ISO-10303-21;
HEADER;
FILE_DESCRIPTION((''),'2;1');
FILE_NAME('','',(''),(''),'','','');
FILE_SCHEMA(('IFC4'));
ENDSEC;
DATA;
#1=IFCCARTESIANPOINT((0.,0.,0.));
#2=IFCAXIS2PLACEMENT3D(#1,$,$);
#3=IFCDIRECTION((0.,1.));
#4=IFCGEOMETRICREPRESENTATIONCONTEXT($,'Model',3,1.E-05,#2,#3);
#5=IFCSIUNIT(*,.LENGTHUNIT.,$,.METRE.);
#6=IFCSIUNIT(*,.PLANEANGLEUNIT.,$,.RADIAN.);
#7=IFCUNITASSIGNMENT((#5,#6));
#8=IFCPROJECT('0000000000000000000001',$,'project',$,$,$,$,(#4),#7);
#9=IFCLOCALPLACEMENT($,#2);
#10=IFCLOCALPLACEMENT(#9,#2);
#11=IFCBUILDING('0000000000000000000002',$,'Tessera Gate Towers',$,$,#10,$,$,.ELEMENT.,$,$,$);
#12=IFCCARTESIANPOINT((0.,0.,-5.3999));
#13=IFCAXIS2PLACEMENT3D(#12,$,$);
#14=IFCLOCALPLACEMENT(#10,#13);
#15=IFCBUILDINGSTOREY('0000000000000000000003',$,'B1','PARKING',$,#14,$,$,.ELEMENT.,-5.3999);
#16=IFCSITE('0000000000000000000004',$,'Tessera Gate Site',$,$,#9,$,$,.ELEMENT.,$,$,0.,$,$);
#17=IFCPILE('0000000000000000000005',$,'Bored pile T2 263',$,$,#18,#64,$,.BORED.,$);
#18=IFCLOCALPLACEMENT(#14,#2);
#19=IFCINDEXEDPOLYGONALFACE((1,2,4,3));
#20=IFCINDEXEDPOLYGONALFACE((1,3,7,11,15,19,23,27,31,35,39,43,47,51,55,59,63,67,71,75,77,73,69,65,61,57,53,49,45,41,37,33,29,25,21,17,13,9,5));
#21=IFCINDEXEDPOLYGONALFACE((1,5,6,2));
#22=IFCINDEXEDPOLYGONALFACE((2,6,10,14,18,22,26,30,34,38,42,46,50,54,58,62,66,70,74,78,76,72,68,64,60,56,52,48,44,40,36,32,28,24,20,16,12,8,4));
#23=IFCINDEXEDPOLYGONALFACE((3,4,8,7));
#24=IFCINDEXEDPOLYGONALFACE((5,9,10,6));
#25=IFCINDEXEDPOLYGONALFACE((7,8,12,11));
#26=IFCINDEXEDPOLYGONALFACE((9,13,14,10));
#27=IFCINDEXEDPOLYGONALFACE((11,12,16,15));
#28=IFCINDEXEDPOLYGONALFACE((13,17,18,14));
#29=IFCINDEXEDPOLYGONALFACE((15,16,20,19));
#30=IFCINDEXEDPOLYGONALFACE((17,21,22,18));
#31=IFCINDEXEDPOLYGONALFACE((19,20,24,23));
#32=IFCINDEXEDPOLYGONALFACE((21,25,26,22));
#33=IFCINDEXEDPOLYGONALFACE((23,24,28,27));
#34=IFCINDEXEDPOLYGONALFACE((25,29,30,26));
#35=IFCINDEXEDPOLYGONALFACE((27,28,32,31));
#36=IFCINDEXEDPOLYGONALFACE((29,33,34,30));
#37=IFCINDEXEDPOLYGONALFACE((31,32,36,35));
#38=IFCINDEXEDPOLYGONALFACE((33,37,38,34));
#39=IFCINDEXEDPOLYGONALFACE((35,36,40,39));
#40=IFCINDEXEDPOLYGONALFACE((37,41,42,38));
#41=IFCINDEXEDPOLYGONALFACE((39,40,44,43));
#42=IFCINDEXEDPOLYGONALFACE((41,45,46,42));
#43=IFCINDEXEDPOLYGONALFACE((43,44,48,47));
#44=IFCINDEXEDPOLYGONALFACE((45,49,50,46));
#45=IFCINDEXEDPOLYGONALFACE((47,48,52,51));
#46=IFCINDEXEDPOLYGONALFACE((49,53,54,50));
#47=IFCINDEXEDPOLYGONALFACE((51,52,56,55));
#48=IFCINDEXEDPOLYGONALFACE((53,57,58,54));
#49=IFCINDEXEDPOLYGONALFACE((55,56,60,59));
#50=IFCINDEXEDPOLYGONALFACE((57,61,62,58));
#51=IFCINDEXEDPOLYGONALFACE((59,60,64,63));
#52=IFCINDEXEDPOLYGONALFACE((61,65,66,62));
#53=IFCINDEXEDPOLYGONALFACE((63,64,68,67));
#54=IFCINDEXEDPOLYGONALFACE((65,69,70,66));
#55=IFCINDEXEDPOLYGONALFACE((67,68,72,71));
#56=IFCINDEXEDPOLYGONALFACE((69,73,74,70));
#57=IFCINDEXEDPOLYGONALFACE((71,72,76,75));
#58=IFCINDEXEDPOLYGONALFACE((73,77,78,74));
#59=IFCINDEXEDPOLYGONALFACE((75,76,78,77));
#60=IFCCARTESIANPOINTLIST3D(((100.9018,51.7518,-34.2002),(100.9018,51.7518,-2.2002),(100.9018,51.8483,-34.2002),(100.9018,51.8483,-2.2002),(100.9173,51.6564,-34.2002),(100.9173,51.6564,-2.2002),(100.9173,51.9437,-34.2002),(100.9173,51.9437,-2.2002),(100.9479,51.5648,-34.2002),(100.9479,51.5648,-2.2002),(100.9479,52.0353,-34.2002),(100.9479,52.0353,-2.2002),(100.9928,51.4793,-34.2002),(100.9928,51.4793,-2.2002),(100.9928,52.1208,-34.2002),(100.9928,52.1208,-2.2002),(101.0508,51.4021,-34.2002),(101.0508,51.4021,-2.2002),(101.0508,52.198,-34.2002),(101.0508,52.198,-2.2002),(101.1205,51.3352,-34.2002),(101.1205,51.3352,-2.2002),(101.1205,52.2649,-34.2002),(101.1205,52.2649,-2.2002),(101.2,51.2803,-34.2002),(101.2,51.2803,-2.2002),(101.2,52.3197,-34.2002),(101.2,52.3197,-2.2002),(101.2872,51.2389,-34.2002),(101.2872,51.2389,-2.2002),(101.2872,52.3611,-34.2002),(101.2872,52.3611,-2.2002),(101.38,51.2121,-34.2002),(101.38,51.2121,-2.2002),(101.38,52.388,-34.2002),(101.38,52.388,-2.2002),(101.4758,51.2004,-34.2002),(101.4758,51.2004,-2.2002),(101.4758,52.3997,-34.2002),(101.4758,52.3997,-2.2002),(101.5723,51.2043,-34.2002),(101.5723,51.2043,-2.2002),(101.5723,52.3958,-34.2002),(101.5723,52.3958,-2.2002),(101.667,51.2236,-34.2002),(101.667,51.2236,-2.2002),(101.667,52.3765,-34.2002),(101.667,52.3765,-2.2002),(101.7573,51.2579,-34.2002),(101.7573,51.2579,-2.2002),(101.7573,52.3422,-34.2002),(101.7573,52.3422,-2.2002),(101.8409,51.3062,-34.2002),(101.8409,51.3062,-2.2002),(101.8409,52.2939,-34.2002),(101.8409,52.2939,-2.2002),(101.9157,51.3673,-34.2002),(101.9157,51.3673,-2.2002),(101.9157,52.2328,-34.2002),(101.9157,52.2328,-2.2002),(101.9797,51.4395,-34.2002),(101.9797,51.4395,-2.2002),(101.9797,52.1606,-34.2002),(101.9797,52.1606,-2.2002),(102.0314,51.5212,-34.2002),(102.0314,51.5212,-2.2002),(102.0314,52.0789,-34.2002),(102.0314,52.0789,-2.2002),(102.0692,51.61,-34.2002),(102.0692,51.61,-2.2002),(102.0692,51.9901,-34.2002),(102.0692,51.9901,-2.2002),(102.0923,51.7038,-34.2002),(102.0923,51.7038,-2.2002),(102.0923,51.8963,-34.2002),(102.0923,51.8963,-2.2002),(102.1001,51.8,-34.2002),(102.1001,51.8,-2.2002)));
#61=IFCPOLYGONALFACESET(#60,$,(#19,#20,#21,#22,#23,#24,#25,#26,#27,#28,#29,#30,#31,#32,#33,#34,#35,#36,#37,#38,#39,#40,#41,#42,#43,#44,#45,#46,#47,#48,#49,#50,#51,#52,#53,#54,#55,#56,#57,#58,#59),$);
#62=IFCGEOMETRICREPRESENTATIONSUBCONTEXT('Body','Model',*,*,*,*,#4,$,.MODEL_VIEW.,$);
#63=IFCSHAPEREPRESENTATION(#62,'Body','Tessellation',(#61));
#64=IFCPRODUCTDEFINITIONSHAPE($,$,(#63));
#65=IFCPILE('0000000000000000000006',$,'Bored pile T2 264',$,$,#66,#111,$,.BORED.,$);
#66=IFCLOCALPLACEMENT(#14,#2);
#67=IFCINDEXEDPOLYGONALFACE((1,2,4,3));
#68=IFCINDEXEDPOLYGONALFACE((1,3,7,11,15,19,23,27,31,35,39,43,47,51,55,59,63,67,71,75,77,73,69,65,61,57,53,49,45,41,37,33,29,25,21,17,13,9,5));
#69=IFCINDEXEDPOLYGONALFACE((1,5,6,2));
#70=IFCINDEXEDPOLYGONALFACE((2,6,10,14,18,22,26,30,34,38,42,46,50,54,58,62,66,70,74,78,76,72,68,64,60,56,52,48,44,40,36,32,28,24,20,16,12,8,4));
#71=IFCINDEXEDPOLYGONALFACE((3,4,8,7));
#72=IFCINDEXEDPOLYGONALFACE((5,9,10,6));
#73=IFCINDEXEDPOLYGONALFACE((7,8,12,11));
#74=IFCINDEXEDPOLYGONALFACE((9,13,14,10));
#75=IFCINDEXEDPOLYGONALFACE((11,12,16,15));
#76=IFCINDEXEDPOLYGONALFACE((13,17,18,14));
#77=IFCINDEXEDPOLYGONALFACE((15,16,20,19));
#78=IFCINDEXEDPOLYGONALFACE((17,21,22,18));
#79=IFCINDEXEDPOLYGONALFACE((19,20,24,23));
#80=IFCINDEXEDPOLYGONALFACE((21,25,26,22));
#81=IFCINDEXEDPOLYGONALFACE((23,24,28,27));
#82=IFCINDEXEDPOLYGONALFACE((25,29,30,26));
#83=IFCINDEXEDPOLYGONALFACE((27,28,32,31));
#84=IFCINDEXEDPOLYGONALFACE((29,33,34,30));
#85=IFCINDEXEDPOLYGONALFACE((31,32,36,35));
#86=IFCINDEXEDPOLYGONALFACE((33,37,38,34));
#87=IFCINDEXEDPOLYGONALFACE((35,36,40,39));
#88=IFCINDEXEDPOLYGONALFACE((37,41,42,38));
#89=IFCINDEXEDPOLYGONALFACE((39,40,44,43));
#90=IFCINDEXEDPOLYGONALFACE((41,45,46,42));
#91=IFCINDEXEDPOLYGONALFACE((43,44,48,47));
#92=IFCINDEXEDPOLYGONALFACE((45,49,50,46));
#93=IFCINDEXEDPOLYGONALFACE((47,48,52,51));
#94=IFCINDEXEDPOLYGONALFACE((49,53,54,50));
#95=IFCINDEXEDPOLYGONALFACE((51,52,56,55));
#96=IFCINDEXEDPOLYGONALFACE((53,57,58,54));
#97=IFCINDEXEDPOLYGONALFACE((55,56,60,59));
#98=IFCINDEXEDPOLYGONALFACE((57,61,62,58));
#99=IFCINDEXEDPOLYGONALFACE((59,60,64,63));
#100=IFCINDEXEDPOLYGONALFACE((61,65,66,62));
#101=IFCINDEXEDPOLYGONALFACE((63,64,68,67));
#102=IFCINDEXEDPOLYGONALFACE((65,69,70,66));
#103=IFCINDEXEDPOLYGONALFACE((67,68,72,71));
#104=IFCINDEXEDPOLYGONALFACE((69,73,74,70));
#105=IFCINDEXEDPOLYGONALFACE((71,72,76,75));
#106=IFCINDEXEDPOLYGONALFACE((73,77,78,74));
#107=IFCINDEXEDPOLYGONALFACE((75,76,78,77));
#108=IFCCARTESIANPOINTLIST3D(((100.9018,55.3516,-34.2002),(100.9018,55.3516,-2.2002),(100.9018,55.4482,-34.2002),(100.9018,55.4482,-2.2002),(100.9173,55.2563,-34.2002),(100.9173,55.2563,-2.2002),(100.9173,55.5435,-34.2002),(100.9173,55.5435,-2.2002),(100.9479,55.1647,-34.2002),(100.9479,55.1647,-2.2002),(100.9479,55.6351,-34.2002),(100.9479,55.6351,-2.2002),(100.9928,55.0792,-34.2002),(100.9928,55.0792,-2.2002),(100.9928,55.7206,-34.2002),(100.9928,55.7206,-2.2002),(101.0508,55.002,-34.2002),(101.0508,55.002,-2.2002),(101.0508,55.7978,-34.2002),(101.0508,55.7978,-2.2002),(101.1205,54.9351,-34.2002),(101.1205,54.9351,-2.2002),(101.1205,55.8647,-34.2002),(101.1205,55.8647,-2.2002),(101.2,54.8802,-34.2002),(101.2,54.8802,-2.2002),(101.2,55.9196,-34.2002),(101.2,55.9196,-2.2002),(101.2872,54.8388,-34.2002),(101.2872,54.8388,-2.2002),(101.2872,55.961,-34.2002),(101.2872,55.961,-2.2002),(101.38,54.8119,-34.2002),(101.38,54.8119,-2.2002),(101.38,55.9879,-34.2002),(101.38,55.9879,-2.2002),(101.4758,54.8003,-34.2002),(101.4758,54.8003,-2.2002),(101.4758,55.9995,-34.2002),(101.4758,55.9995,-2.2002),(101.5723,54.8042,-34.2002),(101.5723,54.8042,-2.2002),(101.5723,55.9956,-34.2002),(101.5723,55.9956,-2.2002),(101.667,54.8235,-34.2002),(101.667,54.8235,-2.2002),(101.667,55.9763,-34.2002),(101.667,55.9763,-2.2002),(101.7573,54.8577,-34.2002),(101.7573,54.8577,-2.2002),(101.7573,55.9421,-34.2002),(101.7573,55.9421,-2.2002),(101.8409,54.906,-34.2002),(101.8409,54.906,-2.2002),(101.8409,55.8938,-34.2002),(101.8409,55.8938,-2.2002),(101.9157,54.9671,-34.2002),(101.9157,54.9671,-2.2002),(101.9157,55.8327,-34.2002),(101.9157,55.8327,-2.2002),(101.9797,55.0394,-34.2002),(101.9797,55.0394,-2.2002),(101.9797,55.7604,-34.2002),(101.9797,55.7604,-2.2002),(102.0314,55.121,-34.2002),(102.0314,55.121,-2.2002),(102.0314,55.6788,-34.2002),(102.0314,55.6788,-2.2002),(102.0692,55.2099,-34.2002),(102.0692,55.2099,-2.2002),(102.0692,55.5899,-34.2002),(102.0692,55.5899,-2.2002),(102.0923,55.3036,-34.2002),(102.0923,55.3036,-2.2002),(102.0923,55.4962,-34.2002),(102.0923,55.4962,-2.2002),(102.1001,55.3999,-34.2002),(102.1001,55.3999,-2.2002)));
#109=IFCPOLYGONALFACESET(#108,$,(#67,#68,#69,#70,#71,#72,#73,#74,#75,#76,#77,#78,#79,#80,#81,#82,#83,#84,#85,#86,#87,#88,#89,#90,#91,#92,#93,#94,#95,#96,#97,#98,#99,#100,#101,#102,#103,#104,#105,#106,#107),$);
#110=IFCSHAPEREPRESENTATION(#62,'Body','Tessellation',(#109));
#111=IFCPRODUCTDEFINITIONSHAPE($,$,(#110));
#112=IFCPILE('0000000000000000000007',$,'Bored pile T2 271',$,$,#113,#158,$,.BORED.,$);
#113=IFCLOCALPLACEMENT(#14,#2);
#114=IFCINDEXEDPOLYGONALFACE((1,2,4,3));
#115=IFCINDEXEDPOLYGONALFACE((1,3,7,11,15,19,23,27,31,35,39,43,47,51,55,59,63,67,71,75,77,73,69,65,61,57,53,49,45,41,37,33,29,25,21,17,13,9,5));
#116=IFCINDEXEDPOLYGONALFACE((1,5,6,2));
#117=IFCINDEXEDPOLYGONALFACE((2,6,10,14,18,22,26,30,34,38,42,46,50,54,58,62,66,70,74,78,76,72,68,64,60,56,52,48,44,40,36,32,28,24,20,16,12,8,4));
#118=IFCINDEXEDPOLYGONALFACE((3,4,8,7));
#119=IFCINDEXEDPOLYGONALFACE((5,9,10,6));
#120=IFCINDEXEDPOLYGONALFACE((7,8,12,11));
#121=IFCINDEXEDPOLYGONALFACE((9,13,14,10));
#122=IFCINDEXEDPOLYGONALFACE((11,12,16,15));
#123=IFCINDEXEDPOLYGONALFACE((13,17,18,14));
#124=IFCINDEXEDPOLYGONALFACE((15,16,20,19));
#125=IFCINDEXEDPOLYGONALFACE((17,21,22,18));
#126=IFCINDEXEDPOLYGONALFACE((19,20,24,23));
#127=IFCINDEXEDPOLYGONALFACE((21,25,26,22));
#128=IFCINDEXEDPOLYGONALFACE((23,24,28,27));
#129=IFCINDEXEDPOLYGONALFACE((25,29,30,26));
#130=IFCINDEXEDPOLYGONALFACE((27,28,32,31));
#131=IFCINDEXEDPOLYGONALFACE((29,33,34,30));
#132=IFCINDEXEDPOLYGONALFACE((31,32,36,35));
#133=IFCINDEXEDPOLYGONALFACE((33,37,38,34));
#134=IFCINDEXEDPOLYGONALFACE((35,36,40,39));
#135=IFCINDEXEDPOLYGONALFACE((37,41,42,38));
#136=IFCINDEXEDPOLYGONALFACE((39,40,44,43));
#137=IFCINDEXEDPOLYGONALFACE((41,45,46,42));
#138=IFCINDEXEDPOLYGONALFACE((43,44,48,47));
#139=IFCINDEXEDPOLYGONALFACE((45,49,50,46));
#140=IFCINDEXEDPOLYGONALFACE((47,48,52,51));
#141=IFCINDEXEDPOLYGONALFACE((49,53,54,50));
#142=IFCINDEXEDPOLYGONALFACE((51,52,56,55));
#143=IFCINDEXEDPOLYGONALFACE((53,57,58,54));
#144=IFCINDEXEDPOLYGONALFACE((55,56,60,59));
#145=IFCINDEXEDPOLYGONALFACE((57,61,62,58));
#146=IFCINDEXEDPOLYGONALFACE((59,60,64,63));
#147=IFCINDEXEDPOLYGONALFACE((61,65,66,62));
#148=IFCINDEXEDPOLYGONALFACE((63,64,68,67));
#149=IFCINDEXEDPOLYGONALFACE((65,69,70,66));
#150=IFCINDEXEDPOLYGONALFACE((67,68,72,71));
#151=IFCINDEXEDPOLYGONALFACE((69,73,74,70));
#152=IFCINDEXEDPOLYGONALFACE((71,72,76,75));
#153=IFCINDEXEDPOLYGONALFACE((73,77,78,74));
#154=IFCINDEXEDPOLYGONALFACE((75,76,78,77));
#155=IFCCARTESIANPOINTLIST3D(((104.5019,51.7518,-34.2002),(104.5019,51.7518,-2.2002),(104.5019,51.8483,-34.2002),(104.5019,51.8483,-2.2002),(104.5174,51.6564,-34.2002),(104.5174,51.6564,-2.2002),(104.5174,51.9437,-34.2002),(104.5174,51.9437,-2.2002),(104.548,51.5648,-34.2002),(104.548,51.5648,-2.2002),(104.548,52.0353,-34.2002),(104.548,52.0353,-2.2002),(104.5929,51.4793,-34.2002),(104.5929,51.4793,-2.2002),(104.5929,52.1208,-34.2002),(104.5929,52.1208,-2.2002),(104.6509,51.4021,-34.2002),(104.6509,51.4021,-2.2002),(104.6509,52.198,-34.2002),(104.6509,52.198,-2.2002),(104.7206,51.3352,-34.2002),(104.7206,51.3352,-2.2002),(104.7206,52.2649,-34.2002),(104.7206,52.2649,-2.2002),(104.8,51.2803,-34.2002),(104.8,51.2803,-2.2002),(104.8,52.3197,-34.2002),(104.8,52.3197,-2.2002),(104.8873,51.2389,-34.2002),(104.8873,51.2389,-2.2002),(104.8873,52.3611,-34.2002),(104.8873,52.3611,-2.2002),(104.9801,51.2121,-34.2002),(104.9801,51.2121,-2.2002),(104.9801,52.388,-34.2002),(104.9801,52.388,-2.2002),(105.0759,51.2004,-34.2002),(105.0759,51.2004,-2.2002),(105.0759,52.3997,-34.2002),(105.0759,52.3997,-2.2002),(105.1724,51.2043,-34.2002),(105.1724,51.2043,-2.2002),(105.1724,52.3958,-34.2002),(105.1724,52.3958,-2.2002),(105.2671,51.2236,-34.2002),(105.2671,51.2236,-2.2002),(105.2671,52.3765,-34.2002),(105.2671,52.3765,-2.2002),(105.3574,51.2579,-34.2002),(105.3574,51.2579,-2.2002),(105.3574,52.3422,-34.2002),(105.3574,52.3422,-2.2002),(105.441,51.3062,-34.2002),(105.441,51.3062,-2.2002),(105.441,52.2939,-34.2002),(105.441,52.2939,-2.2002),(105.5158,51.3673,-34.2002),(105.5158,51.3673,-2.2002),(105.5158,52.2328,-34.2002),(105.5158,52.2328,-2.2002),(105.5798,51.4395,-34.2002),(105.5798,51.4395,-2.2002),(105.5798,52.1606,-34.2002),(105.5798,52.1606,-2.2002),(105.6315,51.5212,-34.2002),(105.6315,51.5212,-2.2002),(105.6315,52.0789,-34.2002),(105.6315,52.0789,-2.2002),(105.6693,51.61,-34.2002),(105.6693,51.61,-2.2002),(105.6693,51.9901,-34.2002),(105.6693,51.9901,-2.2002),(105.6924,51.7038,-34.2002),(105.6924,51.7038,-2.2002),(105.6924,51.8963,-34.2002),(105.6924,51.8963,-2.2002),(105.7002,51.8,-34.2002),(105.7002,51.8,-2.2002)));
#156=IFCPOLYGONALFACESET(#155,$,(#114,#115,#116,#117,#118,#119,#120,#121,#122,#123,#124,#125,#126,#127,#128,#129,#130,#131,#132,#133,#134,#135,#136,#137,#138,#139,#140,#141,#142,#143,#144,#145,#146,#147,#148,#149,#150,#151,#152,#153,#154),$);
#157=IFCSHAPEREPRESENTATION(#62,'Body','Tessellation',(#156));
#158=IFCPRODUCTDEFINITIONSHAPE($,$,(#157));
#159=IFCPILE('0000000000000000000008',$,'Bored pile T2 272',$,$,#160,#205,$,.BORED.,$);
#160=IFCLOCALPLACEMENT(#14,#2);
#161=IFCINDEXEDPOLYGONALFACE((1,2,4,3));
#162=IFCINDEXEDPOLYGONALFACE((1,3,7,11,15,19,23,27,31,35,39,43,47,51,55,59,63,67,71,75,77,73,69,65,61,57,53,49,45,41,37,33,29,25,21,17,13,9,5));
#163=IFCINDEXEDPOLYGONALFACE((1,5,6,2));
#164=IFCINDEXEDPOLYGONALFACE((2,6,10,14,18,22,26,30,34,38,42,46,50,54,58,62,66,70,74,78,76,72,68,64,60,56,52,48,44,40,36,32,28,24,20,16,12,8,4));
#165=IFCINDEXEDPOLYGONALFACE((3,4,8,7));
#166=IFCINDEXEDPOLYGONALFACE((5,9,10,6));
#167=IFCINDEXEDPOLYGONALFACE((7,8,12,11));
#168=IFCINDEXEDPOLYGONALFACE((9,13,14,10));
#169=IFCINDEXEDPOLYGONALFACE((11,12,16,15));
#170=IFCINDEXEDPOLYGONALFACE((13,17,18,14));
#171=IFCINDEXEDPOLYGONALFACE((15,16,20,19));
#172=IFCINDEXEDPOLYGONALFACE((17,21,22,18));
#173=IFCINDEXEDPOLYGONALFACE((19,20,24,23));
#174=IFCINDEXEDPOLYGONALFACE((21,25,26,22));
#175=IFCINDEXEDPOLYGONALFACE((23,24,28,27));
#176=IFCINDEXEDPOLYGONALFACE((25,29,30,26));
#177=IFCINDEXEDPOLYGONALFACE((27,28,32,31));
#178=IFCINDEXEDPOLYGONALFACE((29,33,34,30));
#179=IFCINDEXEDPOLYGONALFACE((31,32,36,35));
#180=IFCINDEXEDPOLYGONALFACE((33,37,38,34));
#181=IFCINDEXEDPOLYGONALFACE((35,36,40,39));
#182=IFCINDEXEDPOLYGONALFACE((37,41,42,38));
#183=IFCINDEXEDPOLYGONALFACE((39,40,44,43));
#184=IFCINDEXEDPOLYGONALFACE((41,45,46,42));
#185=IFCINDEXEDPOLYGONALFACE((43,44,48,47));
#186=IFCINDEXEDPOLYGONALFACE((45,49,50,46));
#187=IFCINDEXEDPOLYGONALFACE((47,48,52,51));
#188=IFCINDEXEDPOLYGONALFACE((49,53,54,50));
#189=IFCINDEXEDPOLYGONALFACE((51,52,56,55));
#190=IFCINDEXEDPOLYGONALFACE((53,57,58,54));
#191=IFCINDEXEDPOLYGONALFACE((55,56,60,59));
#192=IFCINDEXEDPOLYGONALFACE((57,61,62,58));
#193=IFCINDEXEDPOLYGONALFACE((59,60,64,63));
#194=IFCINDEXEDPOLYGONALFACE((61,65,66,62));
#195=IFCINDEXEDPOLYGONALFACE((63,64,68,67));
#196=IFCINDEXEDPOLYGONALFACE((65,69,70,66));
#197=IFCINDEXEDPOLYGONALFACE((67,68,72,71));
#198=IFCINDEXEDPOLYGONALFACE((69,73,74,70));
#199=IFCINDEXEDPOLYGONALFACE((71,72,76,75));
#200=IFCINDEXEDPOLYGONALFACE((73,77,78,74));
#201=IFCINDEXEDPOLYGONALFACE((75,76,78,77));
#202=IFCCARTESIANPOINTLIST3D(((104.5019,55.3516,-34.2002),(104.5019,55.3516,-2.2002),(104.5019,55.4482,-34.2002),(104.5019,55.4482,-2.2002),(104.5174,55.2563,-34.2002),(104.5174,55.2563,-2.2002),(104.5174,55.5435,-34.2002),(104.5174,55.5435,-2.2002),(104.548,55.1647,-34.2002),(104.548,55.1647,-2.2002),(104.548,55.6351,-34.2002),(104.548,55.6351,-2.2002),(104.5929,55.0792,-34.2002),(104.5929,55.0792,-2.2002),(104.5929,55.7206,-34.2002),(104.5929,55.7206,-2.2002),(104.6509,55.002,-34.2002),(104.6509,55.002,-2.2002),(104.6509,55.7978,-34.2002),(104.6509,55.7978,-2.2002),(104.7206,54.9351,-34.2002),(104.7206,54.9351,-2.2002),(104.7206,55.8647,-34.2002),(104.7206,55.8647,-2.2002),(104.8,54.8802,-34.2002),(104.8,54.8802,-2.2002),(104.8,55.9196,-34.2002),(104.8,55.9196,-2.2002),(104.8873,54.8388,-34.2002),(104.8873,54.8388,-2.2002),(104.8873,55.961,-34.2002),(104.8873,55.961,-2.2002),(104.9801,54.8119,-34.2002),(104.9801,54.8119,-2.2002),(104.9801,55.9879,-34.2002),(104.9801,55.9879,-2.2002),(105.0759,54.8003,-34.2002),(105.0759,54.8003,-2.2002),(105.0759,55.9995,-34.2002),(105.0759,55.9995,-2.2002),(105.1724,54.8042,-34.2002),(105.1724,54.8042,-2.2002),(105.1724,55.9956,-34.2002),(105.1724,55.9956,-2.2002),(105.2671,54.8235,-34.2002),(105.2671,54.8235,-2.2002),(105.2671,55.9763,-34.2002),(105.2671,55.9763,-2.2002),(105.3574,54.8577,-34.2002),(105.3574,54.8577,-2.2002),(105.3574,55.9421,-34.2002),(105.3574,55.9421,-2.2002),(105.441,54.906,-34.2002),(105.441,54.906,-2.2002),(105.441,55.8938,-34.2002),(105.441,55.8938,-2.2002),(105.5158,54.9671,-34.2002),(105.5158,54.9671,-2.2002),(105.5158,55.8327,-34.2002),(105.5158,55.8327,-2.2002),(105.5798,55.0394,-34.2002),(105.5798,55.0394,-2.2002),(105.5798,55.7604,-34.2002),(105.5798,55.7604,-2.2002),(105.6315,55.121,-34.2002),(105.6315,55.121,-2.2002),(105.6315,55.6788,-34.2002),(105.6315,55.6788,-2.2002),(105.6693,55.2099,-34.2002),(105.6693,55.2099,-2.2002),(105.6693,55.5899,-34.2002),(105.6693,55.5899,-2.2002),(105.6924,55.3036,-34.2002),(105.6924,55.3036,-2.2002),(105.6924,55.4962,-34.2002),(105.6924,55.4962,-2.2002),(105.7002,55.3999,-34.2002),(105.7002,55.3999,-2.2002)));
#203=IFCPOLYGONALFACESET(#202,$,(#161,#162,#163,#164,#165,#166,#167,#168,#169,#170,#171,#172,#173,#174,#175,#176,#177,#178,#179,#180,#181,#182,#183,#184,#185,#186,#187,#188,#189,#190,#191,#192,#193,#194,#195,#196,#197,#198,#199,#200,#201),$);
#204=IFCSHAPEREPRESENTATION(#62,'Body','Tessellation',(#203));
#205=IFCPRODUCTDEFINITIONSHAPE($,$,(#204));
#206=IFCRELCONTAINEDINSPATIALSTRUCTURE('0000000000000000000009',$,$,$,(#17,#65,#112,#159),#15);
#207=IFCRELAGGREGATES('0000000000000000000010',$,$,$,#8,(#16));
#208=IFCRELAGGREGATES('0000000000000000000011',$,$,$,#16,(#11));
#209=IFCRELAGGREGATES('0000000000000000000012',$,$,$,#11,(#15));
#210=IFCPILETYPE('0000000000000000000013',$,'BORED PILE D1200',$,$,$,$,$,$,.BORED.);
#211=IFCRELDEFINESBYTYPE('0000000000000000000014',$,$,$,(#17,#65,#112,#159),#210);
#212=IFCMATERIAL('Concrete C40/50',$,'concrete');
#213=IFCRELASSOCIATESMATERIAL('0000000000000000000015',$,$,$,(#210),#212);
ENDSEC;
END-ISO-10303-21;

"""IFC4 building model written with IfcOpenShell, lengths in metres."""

from ifc_helpers import new_model, si_unit, direction, frame, origin, origin_2d, place, context, subcontext, project, spatial, circle, extrude, material, material_profile, profile_set, type_object, element, save


model = new_model("IFC4")

# Units and contexts
model_context = context("Model", 3, precision=1e-05, world=origin(), true_north=direction((0.0, 1.0)))
body_context = subcontext(model_context, "Body", "Model", "MODEL_VIEW")
ifc_project = project(units=[si_unit("LENGTHUNIT", "METRE"), si_unit("PLANEANGLEUNIT", "RADIAN")], contexts=[model_context])

# Site, building, storey
site_placement = place(None, origin())
site = spatial("IfcSite", under=ifc_project, at=site_placement, Name="Tessera Gate Site", CompositionType="ELEMENT", RefElevation=0.0)
building_placement = place(site_placement, origin())
building = spatial("IfcBuilding", under=site, at=building_placement, Name="Tessera Gate Towers", CompositionType="ELEMENT")
storey_placement = place(building_placement, frame((0.0, 0.0, -5.3999)))
storey = spatial("IfcBuildingStorey", under=building, at=storey_placement, Name="B1", Description="PARKING", CompositionType="ELEMENT", Elevation=-5.3999)

# Piles
ifc_material_1 = material(Name="Concrete C40/50", Category="concrete")
ifc_material_profile_1 = material_profile(ifc_material_1, circle(Radius=0.6001, at=origin_2d()), Name="BORED PILE D1200")
ifc_profile_set_1 = profile_set([ifc_material_profile_1], Name="Concrete C40/50")
pile_type = type_object("IfcPileType", Name="BORED PILE D1200", PredefinedType="BORED", material=ifc_profile_set_1)
for number, where, z_axis, x_axis, name in (
    (1, (101.5, 51.8, -2.2002), (0.0, 0.0, -1.0), (1.0, 0.0, 0.0), "Bored pile T2 263"),
    (2, (101.5, 55.3999, -2.2002), (0.0, 0.0, -1.0), (1.0, 0.0, 0.0), "Bored pile T2 264"),
    (3, (105.1001, 51.8, -2.2002), (0.0, 0.0, -1.0), (1.0, 0.0, 0.0), "Bored pile T2 271"),
    (4, (105.1001, 55.3999, -2.2002), (0.0, 0.0, -1.0), (1.0, 0.0, 0.0), "Bored pile T2 272"),
):
    element("IfcPile", number, at=place(storey_placement, frame(where, z_axis=z_axis, x_axis=x_axis)), inside=storey, type_object=pile_type, Name=name, PredefinedType="BORED", context=body_context, shape_type="SweptSolid", body=[
        extrude(circle(Radius=0.6001, at=origin_2d()), origin(), (0.0, 0.0, 1.0), 32.0),
    ])

save(model, "model.ifc")
